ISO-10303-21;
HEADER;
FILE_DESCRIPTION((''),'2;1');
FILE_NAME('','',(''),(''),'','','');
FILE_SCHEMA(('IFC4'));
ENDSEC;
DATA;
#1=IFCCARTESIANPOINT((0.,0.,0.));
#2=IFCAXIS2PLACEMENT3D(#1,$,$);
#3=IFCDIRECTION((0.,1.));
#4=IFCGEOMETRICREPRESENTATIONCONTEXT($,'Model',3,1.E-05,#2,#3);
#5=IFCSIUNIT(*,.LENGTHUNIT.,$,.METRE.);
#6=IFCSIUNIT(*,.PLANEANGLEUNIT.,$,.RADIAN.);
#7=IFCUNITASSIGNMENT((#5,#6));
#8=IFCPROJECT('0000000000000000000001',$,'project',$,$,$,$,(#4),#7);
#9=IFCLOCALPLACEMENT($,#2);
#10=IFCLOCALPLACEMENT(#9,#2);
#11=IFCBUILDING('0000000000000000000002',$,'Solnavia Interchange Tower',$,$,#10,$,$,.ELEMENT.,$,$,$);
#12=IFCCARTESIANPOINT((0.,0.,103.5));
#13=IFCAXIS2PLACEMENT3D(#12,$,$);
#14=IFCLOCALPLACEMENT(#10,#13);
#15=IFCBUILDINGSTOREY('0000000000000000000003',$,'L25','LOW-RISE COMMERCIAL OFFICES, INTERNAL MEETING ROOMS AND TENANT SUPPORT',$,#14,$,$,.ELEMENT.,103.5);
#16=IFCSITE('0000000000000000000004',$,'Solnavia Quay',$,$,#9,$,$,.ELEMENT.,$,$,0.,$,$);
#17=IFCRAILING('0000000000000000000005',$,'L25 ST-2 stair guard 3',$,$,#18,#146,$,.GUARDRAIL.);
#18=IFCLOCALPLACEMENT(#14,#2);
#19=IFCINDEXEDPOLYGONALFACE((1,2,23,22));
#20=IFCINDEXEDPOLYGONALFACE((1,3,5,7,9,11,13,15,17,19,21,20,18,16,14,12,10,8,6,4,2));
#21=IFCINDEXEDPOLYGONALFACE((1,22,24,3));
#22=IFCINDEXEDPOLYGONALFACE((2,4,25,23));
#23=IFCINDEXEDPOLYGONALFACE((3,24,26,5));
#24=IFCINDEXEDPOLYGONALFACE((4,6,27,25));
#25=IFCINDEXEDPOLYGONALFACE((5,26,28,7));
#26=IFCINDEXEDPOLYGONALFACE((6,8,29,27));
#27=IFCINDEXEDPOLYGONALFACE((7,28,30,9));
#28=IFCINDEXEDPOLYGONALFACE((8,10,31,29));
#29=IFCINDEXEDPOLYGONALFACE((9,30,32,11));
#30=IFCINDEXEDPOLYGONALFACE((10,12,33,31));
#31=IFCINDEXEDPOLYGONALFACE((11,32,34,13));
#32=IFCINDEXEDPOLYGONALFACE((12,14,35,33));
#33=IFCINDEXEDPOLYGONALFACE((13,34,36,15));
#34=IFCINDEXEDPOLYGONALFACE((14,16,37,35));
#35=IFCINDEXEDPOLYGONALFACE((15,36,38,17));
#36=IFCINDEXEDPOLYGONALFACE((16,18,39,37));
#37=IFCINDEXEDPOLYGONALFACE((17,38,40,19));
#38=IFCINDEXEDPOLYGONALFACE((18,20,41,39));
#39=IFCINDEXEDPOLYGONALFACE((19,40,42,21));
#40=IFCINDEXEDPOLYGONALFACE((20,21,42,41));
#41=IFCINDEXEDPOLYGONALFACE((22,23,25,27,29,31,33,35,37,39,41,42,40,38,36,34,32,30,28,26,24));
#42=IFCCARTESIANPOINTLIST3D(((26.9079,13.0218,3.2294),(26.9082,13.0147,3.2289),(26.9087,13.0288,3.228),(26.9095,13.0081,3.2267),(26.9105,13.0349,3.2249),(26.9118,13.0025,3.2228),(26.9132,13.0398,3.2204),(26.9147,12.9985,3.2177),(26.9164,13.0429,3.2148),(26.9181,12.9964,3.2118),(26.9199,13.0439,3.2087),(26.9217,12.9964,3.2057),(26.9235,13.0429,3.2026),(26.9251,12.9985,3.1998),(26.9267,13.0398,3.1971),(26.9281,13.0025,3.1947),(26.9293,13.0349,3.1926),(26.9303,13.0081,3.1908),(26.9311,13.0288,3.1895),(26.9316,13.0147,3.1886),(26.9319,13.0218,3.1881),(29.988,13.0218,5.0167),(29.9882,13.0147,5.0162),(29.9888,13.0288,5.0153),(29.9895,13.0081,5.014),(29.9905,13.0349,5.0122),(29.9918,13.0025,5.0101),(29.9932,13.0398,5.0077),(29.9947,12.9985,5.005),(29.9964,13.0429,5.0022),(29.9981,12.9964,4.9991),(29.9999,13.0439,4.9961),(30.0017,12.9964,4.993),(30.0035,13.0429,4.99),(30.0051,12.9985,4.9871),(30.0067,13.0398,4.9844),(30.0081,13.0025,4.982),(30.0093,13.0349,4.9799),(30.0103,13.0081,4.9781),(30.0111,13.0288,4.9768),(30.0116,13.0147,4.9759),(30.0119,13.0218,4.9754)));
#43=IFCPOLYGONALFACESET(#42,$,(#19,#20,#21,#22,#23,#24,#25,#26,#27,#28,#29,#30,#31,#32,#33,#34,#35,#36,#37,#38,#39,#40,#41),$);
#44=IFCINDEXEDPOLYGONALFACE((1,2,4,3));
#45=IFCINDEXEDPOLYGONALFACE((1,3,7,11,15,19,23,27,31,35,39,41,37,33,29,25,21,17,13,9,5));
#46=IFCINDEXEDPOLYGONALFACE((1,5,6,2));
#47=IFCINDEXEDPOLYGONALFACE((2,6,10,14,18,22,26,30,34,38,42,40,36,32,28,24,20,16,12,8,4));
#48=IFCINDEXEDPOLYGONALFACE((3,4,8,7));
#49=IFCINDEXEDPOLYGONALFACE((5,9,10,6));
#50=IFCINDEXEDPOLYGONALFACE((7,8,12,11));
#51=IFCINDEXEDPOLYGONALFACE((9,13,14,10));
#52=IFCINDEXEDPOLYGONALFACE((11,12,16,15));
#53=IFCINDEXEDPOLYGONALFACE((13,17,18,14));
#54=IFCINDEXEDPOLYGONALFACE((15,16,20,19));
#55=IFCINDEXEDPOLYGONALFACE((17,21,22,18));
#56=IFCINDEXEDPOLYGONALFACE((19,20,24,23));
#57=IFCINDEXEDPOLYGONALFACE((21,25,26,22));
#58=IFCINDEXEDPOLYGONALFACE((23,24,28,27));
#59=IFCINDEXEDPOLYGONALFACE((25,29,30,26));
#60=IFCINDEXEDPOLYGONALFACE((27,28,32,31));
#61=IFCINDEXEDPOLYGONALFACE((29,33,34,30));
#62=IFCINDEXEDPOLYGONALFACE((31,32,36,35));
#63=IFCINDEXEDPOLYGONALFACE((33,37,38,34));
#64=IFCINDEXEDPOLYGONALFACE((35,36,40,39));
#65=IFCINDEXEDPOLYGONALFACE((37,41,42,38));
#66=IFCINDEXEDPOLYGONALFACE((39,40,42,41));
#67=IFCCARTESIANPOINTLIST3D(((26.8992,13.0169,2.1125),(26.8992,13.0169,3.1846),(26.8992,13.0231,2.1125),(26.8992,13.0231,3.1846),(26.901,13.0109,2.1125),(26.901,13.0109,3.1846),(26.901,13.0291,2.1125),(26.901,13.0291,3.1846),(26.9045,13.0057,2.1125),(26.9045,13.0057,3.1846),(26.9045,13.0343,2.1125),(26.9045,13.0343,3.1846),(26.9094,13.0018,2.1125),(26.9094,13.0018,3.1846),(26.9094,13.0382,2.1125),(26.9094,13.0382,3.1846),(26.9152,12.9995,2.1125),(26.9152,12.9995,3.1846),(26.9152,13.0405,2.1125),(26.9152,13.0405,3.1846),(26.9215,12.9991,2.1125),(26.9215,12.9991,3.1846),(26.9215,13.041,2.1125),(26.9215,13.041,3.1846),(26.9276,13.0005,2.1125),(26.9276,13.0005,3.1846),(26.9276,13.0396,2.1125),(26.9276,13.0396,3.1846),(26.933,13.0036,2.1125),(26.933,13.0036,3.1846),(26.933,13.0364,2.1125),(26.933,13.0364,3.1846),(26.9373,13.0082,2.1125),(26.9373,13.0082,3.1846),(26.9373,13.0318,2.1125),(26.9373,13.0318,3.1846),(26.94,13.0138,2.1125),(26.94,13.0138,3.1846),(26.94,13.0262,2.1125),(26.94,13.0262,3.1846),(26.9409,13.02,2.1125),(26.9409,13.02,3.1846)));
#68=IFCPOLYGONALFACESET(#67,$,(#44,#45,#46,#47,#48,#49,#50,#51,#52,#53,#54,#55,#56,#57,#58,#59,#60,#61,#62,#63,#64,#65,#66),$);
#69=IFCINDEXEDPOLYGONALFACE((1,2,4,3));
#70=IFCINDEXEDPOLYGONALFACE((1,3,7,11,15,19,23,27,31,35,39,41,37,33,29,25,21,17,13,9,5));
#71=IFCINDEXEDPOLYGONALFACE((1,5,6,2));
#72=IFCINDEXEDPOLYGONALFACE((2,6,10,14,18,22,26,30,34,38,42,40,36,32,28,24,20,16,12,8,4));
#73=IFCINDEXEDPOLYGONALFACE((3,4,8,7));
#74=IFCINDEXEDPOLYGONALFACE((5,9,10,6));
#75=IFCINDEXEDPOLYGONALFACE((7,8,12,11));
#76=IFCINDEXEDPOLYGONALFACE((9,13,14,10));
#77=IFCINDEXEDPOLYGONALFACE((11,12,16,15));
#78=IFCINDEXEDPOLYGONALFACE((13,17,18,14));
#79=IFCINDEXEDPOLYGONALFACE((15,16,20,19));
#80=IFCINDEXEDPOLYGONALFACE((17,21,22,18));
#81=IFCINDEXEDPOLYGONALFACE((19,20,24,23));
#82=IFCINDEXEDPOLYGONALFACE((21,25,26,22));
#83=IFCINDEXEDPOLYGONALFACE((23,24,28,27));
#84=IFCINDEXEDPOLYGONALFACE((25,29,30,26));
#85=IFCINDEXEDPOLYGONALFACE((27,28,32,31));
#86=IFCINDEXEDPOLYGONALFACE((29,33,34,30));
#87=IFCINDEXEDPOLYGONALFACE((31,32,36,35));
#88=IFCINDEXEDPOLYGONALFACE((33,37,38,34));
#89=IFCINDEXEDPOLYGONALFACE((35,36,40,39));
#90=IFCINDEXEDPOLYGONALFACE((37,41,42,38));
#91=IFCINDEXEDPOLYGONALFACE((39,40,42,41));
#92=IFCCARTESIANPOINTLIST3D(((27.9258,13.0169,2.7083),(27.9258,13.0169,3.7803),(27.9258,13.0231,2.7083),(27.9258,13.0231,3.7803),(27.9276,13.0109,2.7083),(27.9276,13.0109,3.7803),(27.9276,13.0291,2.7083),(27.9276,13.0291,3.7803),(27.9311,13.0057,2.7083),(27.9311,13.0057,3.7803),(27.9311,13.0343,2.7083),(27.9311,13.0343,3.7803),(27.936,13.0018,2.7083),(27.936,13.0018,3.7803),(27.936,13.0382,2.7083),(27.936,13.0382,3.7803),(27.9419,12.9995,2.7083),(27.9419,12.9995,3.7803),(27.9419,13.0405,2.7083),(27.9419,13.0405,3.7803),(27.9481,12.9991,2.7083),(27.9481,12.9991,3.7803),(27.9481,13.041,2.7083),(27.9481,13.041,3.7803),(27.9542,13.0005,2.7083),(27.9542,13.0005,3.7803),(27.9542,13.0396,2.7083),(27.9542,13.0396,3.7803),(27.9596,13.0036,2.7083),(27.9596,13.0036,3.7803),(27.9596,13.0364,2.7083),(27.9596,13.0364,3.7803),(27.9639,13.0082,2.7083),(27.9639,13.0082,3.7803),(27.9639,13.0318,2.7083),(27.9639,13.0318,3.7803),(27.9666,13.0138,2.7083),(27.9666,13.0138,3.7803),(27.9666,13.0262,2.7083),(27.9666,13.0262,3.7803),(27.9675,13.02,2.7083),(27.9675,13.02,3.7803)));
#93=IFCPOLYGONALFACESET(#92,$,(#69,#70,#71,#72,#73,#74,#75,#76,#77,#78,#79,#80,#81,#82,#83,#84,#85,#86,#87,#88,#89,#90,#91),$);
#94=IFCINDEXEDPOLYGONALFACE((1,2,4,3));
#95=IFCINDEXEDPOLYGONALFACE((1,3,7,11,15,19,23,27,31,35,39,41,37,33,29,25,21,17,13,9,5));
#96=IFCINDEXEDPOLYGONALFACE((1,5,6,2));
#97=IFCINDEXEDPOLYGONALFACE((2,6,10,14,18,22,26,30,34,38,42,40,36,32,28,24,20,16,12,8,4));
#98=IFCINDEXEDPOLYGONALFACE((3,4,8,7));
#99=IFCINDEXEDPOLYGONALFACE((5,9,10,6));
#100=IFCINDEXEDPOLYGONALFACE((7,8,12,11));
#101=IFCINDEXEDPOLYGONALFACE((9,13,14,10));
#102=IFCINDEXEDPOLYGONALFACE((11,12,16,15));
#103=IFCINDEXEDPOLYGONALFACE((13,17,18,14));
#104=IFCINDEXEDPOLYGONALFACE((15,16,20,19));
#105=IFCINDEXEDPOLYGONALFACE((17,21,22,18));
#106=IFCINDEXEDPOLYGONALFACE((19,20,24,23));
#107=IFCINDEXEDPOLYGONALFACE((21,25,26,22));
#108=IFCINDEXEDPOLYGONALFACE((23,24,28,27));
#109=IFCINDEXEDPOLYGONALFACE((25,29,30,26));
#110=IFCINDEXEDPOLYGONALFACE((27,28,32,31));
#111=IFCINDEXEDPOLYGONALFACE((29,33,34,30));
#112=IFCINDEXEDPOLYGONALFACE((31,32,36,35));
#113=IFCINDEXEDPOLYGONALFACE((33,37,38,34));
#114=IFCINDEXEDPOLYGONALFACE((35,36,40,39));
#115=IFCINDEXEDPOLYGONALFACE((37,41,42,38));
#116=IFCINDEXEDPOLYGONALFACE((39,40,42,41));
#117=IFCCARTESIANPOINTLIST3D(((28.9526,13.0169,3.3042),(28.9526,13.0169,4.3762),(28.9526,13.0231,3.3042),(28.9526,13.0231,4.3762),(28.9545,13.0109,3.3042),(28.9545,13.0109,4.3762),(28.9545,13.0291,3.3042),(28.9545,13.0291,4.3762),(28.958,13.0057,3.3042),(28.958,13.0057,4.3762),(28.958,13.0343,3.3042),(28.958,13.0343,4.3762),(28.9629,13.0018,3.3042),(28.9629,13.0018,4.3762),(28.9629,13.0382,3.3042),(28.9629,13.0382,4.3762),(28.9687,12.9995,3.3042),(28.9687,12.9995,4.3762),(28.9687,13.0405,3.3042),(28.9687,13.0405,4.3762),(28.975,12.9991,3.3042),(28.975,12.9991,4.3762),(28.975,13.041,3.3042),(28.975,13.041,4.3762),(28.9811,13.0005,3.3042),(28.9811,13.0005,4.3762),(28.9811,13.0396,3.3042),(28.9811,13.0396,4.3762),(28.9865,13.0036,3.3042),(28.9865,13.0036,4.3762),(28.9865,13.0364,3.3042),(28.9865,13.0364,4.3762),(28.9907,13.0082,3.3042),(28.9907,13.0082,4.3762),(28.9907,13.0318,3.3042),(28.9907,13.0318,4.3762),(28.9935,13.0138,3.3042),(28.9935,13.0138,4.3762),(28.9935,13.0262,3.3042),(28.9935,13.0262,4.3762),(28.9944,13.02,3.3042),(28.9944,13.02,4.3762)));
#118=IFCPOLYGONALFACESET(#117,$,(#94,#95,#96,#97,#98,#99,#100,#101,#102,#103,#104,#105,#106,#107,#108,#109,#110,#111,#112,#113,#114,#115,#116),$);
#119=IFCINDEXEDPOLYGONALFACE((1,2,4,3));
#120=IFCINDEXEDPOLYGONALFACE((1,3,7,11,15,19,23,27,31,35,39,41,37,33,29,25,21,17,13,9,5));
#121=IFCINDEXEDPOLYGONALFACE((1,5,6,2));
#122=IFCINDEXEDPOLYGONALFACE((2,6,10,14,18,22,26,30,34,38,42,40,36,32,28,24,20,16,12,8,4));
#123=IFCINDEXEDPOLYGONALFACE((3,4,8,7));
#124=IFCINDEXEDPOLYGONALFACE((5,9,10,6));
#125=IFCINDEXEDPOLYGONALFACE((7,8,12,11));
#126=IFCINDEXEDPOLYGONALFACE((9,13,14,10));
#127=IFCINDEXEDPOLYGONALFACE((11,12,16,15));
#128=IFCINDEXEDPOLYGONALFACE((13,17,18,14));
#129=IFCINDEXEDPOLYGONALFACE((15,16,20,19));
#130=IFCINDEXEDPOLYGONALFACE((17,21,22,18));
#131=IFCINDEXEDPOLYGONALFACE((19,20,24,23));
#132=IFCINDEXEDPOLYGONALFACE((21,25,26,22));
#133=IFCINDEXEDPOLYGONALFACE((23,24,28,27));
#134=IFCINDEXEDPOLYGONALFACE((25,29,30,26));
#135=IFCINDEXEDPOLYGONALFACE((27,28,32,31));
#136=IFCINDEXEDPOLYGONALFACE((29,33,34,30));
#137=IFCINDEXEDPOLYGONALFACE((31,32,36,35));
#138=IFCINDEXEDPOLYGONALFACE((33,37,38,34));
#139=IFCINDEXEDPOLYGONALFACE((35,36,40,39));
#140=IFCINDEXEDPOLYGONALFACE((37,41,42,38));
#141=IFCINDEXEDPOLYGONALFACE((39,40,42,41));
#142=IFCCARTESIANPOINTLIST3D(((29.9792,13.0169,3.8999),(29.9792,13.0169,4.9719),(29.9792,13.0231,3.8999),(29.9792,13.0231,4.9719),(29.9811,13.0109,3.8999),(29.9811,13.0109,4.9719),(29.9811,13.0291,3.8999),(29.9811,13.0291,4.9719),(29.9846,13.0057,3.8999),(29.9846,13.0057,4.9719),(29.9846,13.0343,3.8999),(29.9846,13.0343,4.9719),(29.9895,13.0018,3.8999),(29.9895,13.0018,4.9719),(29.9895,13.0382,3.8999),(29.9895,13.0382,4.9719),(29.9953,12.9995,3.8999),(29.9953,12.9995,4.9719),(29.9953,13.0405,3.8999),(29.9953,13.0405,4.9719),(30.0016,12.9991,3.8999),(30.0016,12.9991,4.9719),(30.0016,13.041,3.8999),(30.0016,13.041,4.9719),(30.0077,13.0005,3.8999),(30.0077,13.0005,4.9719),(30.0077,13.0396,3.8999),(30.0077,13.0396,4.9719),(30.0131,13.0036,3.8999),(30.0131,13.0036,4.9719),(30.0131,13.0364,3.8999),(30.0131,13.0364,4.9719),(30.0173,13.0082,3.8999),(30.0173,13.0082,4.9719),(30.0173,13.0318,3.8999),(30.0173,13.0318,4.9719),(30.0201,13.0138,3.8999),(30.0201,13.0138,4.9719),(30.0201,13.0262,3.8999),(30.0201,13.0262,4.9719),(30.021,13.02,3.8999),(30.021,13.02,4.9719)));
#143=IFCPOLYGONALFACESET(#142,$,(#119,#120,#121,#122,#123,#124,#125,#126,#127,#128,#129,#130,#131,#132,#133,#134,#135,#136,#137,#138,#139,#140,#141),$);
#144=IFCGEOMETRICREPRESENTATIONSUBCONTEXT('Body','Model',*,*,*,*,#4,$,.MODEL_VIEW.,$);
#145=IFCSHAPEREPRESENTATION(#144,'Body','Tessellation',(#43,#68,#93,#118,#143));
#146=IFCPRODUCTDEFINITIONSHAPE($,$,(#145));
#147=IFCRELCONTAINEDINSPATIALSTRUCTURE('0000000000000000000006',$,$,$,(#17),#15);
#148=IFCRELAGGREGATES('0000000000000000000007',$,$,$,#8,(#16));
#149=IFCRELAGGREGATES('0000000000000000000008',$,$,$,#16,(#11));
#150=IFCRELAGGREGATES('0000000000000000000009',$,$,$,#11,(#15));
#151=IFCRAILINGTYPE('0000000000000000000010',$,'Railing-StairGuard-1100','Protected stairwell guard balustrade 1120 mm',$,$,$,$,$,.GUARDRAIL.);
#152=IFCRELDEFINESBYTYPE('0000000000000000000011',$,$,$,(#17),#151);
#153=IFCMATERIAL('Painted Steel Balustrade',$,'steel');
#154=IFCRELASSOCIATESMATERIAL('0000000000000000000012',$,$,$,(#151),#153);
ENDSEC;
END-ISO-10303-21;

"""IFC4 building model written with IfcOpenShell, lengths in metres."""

from ifc_helpers import new_model, si_unit, direction, frame, origin, origin_2d, place, context, subcontext, project, spatial, circle, extrude, material, type_object, element, save


model = new_model("IFC4")

# Units and contexts
model_context = context("Model", 3, precision=1e-05, world=origin(), true_north=direction((0.0, 1.0)))
body_context = subcontext(model_context, "Body", "Model", "MODEL_VIEW")
ifc_project = project(units=[si_unit("LENGTHUNIT", "METRE"), si_unit("PLANEANGLEUNIT", "RADIAN")], contexts=[model_context])

# Site, building, storey
site_placement = place(None, origin())
site = spatial("IfcSite", under=ifc_project, at=site_placement, Name="Solnavia Quay", CompositionType="ELEMENT", RefElevation=0.0)
building_placement = place(site_placement, origin())
building = spatial("IfcBuilding", under=site, at=building_placement, Name="Solnavia Interchange Tower", CompositionType="ELEMENT")
storey_placement = place(building_placement, frame((0.0, 0.0, 103.5)))
storey = spatial("IfcBuildingStorey", under=building, at=storey_placement, Name="L25", Description="LOW-RISE COMMERCIAL OFFICES, INTERNAL MEETING ROOMS AND TENANT SUPPORT", CompositionType="ELEMENT", Elevation=103.5)

# Railing
ifc_material_1 = material(Name="Painted Steel Balustrade", Category="steel")
railing_type_1 = type_object("IfcRailingType", Name="Railing-StairGuard-1100", Description="Protected stairwell guard balustrade 1120 mm", PredefinedType="GUARDRAIL", material=ifc_material_1)
railing_1_placement = place(storey_placement, frame((26.9199, 13.02, 2.1125)))
element("IfcRailing", 1, at=railing_1_placement, inside=storey, type_object=railing_type_1, Name="L25 ST-2 stair guard 3", PredefinedType="GUARDRAIL", context=body_context, shape_type="SweptSolid", body=[
    extrude(circle(Radius=0.0239, at=origin_2d()), frame((0.0, 0.0, 1.0962), z_axis=(0.86492, 0.0, 0.501909), x_axis=(0.0, 1.0, 0.0)), (0.0, 0.0, 1.0), 3.561),
    extrude(circle(Radius=0.021, at=origin_2d()), origin(), (0.0, 0.0, 1.0), 1.072),
    extrude(circle(Radius=0.021, at=origin_2d()), frame((1.0266, 0.0, 0.5957)), (0.0, 0.0, 1.0), 1.072),
    extrude(circle(Radius=0.021, at=origin_2d()), frame((2.0535, 0.0, 1.1917)), (0.0, 0.0, 1.0), 1.072),
    extrude(circle(Radius=0.021, at=origin_2d()), frame((3.0801, 0.0, 1.7874)), (0.0, 0.0, 1.0), 1.072),
])

save(model, "model.ifc")
